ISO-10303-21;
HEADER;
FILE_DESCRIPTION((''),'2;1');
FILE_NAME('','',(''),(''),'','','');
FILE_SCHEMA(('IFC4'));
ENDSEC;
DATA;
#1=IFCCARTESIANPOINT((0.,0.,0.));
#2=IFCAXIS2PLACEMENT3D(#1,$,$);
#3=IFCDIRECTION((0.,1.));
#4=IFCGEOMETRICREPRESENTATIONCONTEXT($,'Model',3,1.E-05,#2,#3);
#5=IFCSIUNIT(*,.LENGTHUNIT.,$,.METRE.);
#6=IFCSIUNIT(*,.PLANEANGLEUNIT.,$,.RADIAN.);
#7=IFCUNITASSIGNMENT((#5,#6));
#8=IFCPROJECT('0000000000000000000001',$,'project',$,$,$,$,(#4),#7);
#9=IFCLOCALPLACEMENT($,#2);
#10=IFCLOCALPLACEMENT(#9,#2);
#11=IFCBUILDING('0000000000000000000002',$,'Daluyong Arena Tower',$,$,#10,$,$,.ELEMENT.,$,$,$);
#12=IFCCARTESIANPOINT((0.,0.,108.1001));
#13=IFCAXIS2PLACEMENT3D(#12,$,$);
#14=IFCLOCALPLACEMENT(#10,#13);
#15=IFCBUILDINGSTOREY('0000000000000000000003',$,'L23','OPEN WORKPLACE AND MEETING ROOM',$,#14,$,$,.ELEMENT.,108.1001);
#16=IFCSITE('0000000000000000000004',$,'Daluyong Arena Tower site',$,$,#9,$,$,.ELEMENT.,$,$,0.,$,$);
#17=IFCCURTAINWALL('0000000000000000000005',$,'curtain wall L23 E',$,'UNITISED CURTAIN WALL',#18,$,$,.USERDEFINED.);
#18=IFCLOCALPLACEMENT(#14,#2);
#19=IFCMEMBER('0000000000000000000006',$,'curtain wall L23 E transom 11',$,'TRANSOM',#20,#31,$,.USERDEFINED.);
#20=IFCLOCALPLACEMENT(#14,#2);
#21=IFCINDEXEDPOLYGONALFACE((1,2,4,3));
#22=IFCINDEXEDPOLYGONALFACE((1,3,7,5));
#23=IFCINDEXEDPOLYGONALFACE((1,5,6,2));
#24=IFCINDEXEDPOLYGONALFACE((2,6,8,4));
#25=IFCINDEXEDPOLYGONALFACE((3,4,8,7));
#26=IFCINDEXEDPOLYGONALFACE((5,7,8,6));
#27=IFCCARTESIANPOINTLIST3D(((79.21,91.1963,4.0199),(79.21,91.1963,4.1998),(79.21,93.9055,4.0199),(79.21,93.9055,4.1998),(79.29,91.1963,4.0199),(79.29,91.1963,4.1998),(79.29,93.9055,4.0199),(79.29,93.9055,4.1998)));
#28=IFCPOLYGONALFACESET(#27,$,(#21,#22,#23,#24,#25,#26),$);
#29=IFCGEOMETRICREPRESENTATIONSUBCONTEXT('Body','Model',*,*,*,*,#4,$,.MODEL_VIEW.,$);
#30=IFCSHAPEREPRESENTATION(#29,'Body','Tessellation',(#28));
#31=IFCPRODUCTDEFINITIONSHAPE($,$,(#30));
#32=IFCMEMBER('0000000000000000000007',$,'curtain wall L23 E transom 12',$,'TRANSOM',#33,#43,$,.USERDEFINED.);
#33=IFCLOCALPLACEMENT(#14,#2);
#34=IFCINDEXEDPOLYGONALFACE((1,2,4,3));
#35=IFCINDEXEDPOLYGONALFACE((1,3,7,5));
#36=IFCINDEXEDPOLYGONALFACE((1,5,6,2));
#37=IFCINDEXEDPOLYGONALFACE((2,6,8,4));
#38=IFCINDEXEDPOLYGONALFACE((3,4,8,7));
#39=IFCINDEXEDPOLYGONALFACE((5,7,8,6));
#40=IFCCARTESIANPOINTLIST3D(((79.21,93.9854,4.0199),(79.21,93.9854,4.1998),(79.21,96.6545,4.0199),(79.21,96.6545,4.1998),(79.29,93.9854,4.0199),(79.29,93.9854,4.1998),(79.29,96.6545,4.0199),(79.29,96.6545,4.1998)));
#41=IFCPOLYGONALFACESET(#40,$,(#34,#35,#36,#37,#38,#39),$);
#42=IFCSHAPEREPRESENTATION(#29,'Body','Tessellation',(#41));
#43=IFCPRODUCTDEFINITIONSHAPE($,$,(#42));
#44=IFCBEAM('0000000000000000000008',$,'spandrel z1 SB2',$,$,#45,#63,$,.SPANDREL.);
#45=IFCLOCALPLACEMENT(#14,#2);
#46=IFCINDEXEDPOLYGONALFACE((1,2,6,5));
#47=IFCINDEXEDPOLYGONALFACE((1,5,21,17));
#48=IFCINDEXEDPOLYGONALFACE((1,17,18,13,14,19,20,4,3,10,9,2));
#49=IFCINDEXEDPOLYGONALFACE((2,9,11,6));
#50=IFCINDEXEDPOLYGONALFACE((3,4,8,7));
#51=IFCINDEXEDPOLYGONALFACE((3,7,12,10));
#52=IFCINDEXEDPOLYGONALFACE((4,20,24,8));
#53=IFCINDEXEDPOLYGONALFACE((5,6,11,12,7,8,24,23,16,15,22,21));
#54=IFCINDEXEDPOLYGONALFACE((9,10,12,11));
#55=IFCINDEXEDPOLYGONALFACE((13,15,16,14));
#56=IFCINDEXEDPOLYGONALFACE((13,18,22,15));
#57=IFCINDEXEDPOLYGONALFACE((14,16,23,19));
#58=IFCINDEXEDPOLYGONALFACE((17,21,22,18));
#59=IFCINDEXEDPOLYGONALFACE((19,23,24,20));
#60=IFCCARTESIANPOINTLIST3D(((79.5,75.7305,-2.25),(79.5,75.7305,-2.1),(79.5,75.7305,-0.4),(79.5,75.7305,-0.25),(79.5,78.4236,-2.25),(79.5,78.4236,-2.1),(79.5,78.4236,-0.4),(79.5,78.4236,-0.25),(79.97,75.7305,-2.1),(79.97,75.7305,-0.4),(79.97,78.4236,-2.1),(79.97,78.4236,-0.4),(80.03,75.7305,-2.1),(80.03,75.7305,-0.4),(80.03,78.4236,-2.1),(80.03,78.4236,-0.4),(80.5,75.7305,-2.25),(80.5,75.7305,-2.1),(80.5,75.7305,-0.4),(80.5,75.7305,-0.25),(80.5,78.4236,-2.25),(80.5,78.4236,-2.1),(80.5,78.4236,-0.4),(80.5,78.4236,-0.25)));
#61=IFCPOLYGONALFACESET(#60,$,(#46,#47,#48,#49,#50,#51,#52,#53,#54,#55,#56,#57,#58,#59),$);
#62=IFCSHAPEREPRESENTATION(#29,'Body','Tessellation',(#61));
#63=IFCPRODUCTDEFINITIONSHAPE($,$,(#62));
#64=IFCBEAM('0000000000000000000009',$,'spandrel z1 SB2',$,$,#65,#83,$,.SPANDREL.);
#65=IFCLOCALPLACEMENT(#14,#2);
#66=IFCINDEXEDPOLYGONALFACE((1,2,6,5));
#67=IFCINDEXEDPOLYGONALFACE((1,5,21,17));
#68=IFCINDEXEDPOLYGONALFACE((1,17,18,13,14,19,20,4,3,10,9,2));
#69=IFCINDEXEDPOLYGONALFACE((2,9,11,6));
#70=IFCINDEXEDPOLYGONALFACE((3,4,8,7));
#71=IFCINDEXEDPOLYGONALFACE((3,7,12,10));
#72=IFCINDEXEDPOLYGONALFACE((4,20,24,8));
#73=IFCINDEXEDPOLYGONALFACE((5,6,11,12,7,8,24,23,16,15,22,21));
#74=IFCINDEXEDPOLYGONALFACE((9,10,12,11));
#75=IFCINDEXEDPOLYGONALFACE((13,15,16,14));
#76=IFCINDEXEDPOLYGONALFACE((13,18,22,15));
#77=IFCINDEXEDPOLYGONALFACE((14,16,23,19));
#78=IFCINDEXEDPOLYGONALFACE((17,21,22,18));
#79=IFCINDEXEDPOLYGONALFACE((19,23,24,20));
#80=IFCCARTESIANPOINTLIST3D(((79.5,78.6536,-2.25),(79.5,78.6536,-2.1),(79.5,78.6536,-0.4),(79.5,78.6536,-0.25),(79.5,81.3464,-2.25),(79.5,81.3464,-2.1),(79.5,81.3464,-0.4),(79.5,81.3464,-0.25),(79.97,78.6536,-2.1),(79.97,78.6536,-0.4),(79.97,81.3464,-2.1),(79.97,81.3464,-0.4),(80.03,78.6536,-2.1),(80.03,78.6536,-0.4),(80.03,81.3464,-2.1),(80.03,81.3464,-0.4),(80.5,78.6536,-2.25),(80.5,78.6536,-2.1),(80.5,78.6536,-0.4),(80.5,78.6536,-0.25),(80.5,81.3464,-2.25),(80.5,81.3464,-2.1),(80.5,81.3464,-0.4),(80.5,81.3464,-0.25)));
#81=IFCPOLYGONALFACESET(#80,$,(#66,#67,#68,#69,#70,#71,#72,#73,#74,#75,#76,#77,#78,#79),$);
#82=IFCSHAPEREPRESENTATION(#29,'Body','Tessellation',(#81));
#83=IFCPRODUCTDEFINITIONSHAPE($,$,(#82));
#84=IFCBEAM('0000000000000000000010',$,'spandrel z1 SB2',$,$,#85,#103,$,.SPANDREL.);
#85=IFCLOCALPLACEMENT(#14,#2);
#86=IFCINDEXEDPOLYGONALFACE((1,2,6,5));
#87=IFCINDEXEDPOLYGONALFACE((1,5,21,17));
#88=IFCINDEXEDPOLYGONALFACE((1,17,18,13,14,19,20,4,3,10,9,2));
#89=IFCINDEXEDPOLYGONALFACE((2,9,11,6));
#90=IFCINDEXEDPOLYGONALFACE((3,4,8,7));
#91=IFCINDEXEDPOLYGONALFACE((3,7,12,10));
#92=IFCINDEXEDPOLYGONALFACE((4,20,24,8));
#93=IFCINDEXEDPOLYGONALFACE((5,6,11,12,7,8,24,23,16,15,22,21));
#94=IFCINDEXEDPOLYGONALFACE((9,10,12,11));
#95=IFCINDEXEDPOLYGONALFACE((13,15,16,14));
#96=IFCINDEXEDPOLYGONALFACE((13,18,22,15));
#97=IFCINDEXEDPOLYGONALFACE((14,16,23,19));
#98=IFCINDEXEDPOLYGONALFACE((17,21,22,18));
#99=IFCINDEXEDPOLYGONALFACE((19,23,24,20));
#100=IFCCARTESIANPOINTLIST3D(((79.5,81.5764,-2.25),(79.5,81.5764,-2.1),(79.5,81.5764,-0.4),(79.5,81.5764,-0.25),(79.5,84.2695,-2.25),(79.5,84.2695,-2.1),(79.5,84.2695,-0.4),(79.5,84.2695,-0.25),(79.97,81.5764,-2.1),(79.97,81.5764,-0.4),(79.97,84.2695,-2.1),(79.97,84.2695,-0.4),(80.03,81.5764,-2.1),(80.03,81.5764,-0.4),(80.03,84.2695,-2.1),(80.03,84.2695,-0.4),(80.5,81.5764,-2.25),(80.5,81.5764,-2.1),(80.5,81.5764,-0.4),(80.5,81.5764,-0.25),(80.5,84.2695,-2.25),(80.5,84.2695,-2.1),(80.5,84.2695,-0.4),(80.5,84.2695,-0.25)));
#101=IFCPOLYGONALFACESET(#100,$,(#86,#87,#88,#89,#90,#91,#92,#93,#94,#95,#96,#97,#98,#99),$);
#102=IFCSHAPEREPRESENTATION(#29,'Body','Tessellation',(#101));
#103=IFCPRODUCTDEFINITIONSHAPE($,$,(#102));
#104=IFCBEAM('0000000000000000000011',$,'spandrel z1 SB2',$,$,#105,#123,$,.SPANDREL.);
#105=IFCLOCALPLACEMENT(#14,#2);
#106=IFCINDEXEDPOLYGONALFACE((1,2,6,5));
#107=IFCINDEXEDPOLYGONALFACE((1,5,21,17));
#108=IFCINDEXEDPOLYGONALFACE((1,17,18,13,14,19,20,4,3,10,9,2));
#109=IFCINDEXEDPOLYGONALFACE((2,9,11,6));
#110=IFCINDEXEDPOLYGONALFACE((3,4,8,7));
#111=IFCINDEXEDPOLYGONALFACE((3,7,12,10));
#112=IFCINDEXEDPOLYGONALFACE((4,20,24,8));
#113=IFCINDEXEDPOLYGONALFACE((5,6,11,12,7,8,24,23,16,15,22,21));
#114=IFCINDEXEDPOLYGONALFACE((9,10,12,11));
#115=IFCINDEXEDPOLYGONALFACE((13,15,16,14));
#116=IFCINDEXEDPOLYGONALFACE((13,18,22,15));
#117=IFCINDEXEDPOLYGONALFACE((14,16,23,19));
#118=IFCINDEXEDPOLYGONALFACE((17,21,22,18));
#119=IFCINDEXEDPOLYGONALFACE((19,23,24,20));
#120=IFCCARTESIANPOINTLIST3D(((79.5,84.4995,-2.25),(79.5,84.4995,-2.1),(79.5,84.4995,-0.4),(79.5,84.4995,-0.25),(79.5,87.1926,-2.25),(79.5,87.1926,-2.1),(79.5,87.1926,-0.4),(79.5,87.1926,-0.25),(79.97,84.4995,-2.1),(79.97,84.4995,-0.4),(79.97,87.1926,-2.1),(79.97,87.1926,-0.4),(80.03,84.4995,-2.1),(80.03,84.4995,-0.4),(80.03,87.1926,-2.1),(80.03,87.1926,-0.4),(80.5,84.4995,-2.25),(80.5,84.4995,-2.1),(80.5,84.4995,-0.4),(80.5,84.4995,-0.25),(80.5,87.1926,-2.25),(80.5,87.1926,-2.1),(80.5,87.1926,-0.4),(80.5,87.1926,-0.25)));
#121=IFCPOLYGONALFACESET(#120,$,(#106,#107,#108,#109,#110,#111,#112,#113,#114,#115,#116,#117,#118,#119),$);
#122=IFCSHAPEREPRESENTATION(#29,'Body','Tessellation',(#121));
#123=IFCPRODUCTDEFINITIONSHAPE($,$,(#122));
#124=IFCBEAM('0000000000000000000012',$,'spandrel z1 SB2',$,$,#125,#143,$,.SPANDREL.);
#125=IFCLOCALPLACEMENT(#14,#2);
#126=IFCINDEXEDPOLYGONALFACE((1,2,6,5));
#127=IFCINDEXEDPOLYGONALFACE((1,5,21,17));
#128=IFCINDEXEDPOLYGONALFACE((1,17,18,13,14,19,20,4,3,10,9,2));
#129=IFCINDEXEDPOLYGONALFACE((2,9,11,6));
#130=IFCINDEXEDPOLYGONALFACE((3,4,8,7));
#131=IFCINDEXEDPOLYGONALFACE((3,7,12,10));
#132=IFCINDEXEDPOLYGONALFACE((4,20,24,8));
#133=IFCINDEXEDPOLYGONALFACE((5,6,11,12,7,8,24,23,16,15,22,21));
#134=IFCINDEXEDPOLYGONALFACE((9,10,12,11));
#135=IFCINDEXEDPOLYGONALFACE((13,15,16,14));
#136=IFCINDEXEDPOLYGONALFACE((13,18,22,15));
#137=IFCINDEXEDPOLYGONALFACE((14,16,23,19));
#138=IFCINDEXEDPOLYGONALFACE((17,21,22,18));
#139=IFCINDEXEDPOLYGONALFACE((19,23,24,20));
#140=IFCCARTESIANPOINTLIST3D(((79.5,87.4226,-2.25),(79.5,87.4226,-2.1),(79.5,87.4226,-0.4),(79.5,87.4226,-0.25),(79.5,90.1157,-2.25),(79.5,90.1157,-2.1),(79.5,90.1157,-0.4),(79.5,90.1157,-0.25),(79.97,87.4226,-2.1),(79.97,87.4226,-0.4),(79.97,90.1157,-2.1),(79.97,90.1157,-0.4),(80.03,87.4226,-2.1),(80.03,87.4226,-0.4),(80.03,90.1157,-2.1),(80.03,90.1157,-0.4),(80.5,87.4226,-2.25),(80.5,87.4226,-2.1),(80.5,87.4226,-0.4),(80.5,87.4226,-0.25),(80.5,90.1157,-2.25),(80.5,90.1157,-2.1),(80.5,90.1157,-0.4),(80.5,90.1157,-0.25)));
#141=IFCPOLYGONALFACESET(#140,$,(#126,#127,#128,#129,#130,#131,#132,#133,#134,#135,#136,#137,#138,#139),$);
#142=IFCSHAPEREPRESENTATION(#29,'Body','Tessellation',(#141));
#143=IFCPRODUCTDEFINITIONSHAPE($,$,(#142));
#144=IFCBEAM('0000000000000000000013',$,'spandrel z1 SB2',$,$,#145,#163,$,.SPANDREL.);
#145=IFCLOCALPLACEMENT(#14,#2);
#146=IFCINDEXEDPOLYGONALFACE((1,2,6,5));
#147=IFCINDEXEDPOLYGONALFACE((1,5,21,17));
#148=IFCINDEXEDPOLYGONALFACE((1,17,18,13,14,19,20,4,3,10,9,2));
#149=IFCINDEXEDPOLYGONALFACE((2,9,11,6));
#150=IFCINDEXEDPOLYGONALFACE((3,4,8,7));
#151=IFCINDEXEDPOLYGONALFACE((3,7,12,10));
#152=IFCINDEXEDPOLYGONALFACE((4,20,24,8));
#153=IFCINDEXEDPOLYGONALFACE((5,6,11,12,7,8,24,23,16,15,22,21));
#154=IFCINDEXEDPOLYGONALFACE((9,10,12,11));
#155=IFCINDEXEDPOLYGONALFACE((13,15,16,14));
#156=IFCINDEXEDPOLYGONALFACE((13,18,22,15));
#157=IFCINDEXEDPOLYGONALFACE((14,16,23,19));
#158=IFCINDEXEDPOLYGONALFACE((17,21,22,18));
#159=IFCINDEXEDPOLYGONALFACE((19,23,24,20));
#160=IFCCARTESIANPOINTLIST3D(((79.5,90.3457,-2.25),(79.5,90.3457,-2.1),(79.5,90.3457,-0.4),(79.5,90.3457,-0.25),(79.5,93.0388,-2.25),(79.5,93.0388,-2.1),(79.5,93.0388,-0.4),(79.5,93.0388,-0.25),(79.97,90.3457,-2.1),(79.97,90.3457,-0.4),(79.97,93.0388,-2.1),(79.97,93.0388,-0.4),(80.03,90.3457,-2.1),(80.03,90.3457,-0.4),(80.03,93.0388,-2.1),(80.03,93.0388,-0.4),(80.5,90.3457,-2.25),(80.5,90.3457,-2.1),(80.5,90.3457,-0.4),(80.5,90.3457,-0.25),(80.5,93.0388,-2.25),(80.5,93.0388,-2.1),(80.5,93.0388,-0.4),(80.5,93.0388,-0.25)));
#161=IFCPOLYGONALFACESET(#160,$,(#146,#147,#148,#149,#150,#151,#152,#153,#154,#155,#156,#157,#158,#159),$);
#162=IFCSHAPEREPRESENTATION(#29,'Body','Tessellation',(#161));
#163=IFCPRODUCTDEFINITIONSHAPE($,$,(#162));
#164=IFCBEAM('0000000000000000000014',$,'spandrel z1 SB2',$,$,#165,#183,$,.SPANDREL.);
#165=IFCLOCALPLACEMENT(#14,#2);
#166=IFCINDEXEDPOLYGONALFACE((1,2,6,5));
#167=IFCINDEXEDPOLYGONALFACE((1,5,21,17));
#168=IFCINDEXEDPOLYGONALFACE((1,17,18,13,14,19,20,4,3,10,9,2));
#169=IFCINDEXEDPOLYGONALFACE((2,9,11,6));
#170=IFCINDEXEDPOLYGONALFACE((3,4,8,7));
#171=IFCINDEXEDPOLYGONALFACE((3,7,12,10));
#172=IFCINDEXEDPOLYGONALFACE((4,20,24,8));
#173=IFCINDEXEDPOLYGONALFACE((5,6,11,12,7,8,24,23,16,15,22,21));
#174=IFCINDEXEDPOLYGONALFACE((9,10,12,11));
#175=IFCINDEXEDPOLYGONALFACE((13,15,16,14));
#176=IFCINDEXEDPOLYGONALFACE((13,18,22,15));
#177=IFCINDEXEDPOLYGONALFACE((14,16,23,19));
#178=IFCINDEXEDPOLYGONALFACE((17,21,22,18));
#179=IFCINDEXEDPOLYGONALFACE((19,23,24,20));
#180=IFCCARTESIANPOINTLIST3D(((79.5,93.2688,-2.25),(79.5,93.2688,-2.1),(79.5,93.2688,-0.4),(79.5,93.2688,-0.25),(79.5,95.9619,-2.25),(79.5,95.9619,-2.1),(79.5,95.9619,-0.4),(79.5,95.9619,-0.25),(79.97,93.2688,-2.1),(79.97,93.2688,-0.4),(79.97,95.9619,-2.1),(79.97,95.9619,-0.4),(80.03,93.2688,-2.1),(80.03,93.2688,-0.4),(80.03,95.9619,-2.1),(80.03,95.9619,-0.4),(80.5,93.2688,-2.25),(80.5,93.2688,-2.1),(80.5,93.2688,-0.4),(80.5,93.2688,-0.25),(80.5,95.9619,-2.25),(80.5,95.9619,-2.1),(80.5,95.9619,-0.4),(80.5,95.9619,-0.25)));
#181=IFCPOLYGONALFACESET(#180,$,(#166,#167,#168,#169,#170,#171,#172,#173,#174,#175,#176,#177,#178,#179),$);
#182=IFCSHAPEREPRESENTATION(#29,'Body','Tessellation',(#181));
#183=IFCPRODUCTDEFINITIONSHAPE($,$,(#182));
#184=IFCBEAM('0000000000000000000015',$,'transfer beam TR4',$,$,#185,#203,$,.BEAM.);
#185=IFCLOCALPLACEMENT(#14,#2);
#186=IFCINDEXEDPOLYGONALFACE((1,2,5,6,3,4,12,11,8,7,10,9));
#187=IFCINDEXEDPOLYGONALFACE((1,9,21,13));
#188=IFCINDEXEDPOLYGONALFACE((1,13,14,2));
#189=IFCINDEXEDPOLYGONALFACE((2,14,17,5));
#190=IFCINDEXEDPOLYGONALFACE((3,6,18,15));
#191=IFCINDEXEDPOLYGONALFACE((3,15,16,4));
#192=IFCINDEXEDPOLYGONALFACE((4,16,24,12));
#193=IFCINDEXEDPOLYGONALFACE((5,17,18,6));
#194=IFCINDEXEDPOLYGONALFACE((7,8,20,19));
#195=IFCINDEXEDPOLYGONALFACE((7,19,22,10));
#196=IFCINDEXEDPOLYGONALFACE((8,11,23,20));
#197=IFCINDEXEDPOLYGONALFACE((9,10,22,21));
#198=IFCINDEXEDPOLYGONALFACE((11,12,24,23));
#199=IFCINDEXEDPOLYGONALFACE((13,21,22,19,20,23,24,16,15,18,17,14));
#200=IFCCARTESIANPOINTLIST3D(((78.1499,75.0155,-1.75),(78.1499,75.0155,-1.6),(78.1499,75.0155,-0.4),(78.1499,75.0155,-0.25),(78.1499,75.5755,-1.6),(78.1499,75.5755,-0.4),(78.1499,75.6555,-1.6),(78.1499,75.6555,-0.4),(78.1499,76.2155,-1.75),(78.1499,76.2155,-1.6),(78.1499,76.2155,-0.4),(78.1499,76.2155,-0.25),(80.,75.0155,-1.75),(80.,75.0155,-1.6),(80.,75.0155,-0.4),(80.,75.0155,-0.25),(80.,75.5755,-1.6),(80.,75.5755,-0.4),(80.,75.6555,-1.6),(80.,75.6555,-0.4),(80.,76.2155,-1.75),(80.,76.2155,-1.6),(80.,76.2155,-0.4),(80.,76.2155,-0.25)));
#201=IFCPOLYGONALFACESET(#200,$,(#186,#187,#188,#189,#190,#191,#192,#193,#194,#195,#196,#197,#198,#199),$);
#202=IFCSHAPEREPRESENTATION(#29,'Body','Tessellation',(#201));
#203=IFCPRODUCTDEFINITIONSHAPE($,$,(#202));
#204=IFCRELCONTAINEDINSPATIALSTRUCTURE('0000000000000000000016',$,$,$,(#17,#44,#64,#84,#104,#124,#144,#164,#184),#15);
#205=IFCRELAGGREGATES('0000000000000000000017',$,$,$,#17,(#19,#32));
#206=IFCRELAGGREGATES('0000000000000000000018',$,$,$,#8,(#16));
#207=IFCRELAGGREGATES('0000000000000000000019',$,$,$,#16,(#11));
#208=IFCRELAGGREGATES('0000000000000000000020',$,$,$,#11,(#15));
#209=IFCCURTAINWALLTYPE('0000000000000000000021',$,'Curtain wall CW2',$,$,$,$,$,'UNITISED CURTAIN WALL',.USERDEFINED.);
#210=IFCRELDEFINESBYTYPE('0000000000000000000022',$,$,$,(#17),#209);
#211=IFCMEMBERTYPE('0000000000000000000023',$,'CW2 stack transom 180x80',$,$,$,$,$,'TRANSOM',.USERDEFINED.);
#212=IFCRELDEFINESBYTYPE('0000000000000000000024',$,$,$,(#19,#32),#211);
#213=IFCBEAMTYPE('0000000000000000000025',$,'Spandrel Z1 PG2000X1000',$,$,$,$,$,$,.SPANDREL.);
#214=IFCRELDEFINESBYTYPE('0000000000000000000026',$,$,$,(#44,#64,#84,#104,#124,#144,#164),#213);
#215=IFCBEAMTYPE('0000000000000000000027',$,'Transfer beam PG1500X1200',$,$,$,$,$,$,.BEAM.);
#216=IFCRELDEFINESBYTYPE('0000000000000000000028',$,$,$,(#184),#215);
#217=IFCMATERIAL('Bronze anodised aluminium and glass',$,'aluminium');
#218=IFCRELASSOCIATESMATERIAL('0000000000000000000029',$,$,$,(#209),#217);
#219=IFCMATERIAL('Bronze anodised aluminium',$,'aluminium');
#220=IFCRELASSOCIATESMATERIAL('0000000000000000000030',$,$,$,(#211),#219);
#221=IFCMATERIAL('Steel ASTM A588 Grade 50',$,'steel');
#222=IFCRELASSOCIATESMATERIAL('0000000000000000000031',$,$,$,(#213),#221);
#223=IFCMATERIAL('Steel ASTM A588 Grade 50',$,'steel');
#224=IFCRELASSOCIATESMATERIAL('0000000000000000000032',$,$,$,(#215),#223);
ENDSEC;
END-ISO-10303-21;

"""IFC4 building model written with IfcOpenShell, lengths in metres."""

from ifc_helpers import new_model, si_unit, direction, frame, origin, origin_2d, place, context, subcontext, project, spatial, rectangle, i_section, extrude, material, material_profile, profile_set, type_object, element, aggregate, save


model = new_model("IFC4")

# Units and contexts
model_context = context("Model", 3, precision=1e-05, world=origin(), true_north=direction((0.0, 1.0)))
body_context = subcontext(model_context, "Body", "Model", "MODEL_VIEW")
ifc_project = project(units=[si_unit("LENGTHUNIT", "METRE"), si_unit("PLANEANGLEUNIT", "RADIAN")], contexts=[model_context])

# Site, building, storey
site_placement = place(None, origin())
site = spatial("IfcSite", under=ifc_project, at=site_placement, Name="Daluyong Arena Tower site", CompositionType="ELEMENT", RefElevation=0.0)
building_placement = place(site_placement, origin())
building = spatial("IfcBuilding", under=site, at=building_placement, Name="Daluyong Arena Tower", CompositionType="ELEMENT")
storey_placement = place(building_placement, frame((0.0, 0.0, 108.1001)))
storey = spatial("IfcBuildingStorey", under=building, at=storey_placement, Name="L23", Description="OPEN WORKPLACE AND MEETING ROOM", CompositionType="ELEMENT", Elevation=108.1001)

# Curtain wall, members
ifc_material_1 = material(Name="Bronze anodised aluminium and glass", Category="aluminium")
curtain_wall_type = type_object("IfcCurtainWallType", Name="Curtain wall CW2", ElementType="UNITISED CURTAIN WALL", PredefinedType="USERDEFINED", material=ifc_material_1)
curtain_wall_placement = place(storey_placement, origin())
curtain_wall = element("IfcCurtainWall", 1, at=curtain_wall_placement, inside=storey, type_object=curtain_wall_type, Name="curtain wall L23 E", ObjectType="UNITISED CURTAIN WALL", PredefinedType="USERDEFINED")
ifc_material_2 = material(Name="Bronze anodised aluminium", Category="aluminium")
ifc_material_profile_1 = material_profile(ifc_material_2, rectangle(XDim=0.0801, YDim=0.1799, at=origin_2d()))
ifc_profile_set_1 = profile_set([ifc_material_profile_1], Name="Bronze anodised aluminium")
member_type_1 = type_object("IfcMemberType", Name="CW2 stack transom 180x80", ElementType="TRANSOM", PredefinedType="USERDEFINED", material=ifc_profile_set_1)
member_1_placement = place(storey_placement, frame((79.25, 91.1963, 4.1099), z_axis=(0.0, 1.0, 0.0), x_axis=(-1.0, 0.0, 0.0)))
member_1 = element("IfcMember", 2, at=member_1_placement, type_object=member_type_1, Name="curtain wall L23 E transom 11", ObjectType="TRANSOM", PredefinedType="USERDEFINED", context=body_context, shape_type="SweptSolid", body=[
    extrude(rectangle(XDim=0.0801, YDim=0.1799, at=origin_2d()), origin(), (0.0, 0.0, 1.0), 2.7092),
])
member_2_placement = place(storey_placement, frame((79.25, 93.9854, 4.1099), z_axis=(0.0, 1.0, 0.0), x_axis=(-1.0, 0.0, 0.0)))
member_2 = element("IfcMember", 3, at=member_2_placement, type_object=member_type_1, Name="curtain wall L23 E transom 12", ObjectType="TRANSOM", PredefinedType="USERDEFINED", context=body_context, shape_type="SweptSolid", body=[
    extrude(rectangle(XDim=0.0801, YDim=0.1799, at=origin_2d()), origin(), (0.0, 0.0, 1.0), 2.6692),
])

# Beams
ifc_material_3 = material(Name="Steel ASTM A588 Grade 50", Category="steel")
ifc_material_profile_2 = material_profile(ifc_material_3, i_section(OverallWidth=1.0, OverallDepth=2.0, WebThickness=0.06, FlangeThickness=0.15, at=origin_2d()))
ifc_profile_set_2 = profile_set([ifc_material_profile_2], Name="Steel ASTM A588 Grade 50")
beam_type_1 = type_object("IfcBeamType", Name="Spandrel Z1 PG2000X1000", PredefinedType="SPANDREL", material=ifc_profile_set_2)
beam_1_placement = place(storey_placement, frame((80.0, 75.7305, -1.25), z_axis=(0.0, 1.0, 0.0), x_axis=(-1.0, 0.0, 0.0)))
element("IfcBeam", 4, at=beam_1_placement, inside=storey, type_object=beam_type_1, Name="spandrel z1 SB2", PredefinedType="SPANDREL", context=body_context, shape_type="SweptSolid", body=[
    extrude(i_section(OverallWidth=1.0, OverallDepth=2.0, WebThickness=0.06, FlangeThickness=0.15, at=origin_2d()), origin(), (0.0, 0.0, 1.0), 2.6931),
])
beam_2_placement = place(storey_placement, frame((80.0, 78.6536, -1.25), z_axis=(0.0, 1.0, 0.0), x_axis=(-1.0, 0.0, 0.0)))
element("IfcBeam", 5, at=beam_2_placement, inside=storey, type_object=beam_type_1, Name="spandrel z1 SB2", PredefinedType="SPANDREL", context=body_context, shape_type="SweptSolid", body=[
    extrude(i_section(OverallWidth=1.0, OverallDepth=2.0, WebThickness=0.06, FlangeThickness=0.15, at=origin_2d()), origin(), (0.0, 0.0, 1.0), 2.6929),
])
for number, where, z_axis, x_axis, name in (
    (6, (80.0, 81.5764, -1.25), (0.0, 1.0, 0.0), (-1.0, 0.0, 0.0), "spandrel z1 SB2"),
    (7, (80.0, 84.4995, -1.25), (0.0, 1.0, 0.0), (-1.0, 0.0, 0.0), "spandrel z1 SB2"),
    (8, (80.0, 87.4226, -1.25), (0.0, 1.0, 0.0), (-1.0, 0.0, 0.0), "spandrel z1 SB2"),
    (9, (80.0, 90.3457, -1.25), (0.0, 1.0, 0.0), (-1.0, 0.0, 0.0), "spandrel z1 SB2"),
    (10, (80.0, 93.2688, -1.25), (0.0, 1.0, 0.0), (-1.0, 0.0, 0.0), "spandrel z1 SB2"),
):
    element("IfcBeam", number, at=place(storey_placement, frame(where, z_axis=z_axis, x_axis=x_axis)), inside=storey, type_object=beam_type_1, Name=name, PredefinedType="SPANDREL", context=body_context, shape_type="SweptSolid", body=[
        extrude(i_section(OverallWidth=1.0, OverallDepth=2.0, WebThickness=0.06, FlangeThickness=0.15, at=origin_2d()), origin(), (0.0, 0.0, 1.0), 2.6931),
    ])
ifc_material_4 = material(Name="Steel ASTM A588 Grade 50", Category="steel")
ifc_material_profile_3 = material_profile(ifc_material_4, i_section(OverallWidth=1.2, OverallDepth=1.5, WebThickness=0.08, FlangeThickness=0.15, at=origin_2d()))
ifc_profile_set_3 = profile_set([ifc_material_profile_3], Name="Steel ASTM A588 Grade 50")
beam_type_2 = type_object("IfcBeamType", Name="Transfer beam PG1500X1200", PredefinedType="BEAM", material=ifc_profile_set_3)
for number, where, z_axis, x_axis, name in (
    (11, (80.0, 75.6155, -1.0), (-1.0, 0.0, 0.0), (0.0, -1.0, 0.0), "transfer beam TR4"),
):
    element("IfcBeam", number, at=place(storey_placement, frame(where, z_axis=z_axis, x_axis=x_axis)), inside=storey, type_object=beam_type_2, Name=name, PredefinedType="BEAM", context=body_context, shape_type="SweptSolid", body=[
        extrude(i_section(OverallWidth=1.2, OverallDepth=1.5, WebThickness=0.08, FlangeThickness=0.15, at=origin_2d()), origin(), (0.0, 0.0, 1.0), 1.8501),
    ])

aggregate(curtain_wall, [member_1, member_2])

save(model, "model.ifc")
